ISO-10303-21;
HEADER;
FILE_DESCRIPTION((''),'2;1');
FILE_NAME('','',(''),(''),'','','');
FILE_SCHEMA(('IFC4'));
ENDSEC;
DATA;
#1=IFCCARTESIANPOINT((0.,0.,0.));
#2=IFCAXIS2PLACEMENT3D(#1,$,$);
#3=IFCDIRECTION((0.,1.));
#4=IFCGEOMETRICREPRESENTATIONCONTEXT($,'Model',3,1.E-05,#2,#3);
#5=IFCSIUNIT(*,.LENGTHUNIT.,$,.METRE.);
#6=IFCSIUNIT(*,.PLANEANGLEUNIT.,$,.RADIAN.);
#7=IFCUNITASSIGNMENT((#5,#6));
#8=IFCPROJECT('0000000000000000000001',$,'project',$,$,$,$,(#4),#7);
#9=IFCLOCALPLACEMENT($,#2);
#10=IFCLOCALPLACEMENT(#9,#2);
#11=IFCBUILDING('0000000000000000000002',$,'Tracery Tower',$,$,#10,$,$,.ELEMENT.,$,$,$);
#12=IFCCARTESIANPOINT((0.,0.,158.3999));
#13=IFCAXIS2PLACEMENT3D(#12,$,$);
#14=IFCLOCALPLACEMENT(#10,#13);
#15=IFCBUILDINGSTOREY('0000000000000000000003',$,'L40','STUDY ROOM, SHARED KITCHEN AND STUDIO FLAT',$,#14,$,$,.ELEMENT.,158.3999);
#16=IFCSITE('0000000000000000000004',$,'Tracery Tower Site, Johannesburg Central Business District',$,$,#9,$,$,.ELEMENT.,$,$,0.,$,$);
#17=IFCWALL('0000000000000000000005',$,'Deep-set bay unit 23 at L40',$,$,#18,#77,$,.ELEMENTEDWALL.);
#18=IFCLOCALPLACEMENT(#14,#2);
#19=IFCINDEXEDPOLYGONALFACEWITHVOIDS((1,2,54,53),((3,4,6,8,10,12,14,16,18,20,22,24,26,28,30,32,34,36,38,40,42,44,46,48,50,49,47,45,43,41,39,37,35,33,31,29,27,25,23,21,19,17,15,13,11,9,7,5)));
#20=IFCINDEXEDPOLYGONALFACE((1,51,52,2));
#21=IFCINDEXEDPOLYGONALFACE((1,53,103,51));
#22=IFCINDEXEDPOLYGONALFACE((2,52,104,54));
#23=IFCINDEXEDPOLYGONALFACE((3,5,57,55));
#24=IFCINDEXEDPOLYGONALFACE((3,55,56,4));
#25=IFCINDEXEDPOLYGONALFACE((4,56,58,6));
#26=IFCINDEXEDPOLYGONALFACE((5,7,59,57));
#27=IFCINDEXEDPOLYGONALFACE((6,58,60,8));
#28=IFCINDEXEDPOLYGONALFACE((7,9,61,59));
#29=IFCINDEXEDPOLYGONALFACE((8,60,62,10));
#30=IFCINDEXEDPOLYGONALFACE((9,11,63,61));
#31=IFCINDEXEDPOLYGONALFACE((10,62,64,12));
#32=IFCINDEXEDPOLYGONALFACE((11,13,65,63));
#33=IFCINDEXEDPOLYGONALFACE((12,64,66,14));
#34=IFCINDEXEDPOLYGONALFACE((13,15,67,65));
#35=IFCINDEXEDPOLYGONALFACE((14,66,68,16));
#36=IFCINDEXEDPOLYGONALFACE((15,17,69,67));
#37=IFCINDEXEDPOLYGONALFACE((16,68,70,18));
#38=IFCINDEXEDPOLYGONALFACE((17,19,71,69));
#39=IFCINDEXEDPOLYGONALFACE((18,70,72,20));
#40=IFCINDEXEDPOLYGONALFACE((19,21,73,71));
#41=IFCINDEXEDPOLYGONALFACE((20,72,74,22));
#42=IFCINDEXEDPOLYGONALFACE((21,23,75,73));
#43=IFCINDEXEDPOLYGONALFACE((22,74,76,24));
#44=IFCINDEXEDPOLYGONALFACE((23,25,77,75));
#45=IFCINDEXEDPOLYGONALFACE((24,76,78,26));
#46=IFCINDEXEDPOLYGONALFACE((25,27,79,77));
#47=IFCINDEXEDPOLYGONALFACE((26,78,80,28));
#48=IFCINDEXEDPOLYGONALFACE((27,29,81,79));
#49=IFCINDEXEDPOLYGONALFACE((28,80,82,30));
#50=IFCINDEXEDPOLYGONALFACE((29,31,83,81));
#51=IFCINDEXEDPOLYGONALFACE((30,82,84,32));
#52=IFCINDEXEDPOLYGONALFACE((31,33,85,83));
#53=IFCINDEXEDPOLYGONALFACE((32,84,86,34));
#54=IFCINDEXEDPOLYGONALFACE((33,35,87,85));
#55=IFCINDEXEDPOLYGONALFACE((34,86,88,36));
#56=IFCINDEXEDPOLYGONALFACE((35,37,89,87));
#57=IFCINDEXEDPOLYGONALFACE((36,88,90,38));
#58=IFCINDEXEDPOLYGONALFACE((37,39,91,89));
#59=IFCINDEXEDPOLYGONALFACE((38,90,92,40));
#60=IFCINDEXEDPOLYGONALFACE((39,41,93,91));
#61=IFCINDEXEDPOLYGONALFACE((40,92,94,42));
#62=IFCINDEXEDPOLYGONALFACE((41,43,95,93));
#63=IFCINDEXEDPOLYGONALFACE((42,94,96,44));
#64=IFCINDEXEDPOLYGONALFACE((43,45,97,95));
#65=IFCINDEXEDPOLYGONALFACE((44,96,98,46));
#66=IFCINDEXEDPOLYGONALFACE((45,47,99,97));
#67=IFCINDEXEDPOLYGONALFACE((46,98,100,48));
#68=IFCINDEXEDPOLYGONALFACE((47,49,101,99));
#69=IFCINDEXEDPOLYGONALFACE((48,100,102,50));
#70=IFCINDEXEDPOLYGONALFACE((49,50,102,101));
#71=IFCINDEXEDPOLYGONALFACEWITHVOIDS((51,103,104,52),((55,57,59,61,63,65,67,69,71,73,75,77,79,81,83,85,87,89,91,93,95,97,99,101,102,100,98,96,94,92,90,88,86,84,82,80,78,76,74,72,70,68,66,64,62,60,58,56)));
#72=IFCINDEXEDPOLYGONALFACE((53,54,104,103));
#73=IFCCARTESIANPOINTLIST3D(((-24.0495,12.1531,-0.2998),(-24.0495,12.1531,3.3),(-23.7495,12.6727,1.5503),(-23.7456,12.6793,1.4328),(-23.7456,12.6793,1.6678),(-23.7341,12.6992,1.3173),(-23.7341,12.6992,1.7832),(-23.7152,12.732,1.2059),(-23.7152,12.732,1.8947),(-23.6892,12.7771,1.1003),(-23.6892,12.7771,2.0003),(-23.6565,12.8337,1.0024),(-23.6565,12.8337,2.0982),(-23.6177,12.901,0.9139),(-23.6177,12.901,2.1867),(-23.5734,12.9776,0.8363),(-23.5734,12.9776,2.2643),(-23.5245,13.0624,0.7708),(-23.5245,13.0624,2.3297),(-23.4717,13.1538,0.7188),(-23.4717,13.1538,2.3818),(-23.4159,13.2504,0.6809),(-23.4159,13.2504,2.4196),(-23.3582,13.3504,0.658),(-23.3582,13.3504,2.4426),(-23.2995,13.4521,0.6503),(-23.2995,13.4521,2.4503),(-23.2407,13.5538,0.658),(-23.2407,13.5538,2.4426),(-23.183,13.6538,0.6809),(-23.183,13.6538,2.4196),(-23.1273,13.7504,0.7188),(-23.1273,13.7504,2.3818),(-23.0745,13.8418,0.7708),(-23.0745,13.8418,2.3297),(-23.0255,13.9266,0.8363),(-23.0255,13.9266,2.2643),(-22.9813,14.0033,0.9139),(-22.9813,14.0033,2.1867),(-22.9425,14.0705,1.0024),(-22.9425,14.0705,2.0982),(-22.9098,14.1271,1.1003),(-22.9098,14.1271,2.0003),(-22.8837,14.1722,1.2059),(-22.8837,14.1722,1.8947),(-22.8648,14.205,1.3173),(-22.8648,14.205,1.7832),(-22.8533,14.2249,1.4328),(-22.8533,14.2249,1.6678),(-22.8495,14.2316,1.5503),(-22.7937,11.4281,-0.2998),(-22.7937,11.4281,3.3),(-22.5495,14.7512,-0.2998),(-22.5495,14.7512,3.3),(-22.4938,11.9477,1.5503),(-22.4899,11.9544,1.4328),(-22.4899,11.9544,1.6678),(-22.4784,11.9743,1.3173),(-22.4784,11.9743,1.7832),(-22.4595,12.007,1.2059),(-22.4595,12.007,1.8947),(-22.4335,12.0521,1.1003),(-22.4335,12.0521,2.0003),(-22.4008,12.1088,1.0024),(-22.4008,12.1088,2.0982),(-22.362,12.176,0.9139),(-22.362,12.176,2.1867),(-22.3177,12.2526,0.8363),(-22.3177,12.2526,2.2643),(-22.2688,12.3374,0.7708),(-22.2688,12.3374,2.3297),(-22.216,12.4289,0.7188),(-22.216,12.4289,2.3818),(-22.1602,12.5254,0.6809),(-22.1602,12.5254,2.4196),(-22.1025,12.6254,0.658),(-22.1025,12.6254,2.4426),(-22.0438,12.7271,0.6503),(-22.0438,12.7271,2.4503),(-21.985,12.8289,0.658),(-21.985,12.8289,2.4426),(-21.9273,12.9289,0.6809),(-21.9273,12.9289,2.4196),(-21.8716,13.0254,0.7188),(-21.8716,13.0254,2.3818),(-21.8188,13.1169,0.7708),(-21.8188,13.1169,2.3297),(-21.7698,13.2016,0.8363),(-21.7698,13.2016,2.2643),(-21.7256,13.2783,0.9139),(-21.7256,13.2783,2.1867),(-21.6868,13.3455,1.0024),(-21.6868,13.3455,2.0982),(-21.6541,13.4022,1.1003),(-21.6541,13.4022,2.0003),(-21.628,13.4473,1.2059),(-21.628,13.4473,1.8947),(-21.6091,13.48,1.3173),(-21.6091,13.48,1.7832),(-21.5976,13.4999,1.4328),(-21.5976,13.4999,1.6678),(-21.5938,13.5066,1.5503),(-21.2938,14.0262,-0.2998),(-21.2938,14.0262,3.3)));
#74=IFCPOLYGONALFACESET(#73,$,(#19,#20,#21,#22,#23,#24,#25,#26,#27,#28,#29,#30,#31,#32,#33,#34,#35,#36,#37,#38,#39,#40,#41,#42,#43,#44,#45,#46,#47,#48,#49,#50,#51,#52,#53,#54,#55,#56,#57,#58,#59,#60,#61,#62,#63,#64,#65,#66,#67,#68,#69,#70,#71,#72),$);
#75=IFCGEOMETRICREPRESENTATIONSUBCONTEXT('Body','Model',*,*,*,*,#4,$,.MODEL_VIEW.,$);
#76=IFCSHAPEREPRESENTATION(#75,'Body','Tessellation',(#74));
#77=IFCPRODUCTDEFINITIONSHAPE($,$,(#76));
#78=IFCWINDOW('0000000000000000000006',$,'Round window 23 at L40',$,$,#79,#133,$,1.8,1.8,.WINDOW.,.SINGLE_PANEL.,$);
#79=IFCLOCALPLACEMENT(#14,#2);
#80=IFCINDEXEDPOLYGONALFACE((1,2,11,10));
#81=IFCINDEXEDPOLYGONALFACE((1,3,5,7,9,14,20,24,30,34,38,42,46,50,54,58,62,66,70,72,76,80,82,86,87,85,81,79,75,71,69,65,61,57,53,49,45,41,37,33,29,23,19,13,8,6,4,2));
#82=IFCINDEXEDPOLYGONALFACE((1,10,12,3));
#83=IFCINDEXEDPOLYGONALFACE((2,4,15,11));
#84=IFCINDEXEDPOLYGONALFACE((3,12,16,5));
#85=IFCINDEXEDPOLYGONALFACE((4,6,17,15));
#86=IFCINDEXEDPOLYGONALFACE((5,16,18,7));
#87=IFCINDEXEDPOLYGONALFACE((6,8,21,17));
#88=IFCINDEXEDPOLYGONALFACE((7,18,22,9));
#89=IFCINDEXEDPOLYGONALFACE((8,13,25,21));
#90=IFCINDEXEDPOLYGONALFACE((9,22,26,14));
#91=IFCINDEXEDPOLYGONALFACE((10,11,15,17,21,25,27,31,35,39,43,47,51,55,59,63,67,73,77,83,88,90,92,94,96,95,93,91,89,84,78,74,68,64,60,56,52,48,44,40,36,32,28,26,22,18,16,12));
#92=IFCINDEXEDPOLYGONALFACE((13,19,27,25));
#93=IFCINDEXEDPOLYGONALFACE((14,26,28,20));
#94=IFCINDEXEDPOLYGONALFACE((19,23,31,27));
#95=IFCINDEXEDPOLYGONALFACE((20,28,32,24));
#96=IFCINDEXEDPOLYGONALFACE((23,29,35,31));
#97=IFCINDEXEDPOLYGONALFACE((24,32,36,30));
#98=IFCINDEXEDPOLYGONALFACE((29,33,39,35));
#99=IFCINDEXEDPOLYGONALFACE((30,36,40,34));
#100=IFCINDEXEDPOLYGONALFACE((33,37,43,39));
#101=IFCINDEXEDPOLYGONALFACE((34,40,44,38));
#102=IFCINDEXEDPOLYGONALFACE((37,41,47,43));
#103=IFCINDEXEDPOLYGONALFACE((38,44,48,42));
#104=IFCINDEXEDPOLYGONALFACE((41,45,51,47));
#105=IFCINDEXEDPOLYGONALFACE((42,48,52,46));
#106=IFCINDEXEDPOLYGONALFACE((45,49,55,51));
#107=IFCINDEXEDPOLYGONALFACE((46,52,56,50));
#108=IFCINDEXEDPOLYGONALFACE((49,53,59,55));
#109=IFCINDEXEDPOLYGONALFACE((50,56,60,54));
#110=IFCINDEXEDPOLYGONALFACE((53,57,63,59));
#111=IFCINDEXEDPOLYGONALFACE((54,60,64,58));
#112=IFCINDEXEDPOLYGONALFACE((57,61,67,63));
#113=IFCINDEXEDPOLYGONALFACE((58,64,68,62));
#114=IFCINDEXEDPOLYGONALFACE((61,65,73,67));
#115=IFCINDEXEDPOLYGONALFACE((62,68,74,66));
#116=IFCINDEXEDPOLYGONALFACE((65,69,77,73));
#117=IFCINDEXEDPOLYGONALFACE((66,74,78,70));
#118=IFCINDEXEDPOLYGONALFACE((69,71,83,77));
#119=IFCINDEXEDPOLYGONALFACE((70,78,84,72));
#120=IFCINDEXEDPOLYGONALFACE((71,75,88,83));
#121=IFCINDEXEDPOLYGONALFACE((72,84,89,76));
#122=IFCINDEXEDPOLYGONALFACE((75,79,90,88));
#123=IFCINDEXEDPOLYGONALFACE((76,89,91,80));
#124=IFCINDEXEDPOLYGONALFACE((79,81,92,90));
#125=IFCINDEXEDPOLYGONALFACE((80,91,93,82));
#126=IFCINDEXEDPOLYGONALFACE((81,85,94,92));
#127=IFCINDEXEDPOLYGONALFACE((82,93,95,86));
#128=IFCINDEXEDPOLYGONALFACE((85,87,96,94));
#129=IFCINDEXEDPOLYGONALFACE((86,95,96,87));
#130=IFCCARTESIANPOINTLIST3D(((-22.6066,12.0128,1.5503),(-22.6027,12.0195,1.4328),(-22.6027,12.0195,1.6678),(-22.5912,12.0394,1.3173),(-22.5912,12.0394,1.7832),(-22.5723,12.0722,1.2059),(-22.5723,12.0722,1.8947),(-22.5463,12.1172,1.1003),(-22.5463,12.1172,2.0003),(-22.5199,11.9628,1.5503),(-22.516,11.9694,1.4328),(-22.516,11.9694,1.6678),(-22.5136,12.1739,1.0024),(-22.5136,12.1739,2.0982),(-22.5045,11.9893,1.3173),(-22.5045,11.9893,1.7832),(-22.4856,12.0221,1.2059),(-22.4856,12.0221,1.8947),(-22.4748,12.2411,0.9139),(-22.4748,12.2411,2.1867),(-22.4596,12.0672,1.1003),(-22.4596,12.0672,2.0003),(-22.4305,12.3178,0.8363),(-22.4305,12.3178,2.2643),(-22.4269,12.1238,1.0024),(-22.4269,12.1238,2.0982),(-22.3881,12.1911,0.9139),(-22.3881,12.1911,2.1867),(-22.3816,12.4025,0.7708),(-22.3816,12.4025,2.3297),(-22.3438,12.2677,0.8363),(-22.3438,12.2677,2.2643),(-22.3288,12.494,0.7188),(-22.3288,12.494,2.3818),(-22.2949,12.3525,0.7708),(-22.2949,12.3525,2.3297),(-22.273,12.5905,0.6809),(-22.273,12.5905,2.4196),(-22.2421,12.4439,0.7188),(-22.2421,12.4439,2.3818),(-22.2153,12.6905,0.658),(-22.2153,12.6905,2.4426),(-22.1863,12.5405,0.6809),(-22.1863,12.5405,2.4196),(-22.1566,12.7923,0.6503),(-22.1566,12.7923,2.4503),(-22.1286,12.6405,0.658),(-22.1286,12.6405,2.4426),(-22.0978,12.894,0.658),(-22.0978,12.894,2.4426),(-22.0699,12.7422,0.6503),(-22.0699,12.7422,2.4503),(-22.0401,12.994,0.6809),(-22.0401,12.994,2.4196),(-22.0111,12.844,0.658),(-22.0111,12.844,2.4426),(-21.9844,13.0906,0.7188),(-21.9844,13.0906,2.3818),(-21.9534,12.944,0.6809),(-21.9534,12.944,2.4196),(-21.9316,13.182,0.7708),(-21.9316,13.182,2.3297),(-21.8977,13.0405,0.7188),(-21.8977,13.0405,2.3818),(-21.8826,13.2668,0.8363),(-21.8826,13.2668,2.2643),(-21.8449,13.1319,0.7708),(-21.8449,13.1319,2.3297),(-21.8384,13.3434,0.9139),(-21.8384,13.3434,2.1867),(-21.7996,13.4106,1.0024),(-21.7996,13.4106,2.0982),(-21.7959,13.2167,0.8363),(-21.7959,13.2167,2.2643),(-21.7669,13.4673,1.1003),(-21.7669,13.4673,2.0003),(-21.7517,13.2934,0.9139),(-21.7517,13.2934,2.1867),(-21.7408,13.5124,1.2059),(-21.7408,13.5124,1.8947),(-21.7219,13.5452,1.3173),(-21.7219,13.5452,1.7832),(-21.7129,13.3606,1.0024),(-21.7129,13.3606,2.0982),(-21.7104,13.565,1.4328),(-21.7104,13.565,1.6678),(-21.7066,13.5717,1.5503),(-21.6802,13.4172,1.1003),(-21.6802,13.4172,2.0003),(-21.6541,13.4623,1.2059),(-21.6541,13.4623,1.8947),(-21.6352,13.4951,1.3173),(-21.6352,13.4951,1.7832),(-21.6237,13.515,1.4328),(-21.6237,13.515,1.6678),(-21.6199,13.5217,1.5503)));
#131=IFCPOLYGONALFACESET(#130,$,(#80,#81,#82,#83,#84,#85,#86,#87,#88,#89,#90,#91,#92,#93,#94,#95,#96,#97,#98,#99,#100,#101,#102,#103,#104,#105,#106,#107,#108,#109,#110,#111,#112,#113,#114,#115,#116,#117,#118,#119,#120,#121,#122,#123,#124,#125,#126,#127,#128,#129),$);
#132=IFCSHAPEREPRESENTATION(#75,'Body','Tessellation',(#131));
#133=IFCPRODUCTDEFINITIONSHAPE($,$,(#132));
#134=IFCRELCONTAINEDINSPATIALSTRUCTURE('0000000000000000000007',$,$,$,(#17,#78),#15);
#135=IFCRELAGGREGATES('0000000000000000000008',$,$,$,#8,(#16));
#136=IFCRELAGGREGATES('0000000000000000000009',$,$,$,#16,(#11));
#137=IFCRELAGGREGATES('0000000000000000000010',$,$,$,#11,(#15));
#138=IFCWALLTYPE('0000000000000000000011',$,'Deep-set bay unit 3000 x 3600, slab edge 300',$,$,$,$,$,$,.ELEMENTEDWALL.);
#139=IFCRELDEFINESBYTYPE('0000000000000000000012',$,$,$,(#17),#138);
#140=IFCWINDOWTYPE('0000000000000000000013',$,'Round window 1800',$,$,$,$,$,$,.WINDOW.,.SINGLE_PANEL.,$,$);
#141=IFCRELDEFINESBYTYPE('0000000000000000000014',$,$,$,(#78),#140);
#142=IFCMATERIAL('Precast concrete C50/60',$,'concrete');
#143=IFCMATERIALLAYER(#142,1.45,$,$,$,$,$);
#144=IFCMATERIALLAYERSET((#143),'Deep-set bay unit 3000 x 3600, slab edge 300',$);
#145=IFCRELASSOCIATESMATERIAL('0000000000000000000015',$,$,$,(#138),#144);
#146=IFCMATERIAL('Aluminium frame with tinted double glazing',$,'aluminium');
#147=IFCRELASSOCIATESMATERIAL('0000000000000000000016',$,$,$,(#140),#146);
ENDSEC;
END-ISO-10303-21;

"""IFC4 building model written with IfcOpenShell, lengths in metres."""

from ifc_helpers import new_model, si_unit, direction, frame, frame_2d, origin, origin_2d, place, context, subcontext, project, spatial, rectangle, circle, extrude, material, layer, layer_set, type_object, element, fill, save


model = new_model("IFC4")

# Units and contexts
model_context = context("Model", 3, precision=1e-05, world=origin(), true_north=direction((0.0, 1.0)))
body_context = subcontext(model_context, "Body", "Model", "MODEL_VIEW")
ifc_project = project(units=[si_unit("LENGTHUNIT", "METRE"), si_unit("PLANEANGLEUNIT", "RADIAN")], contexts=[model_context])

# Site, building, storey
site_placement = place(None, origin())
site = spatial("IfcSite", under=ifc_project, at=site_placement, Name="Tracery Tower Site, Johannesburg Central Business District", CompositionType="ELEMENT", RefElevation=0.0)
building_placement = place(site_placement, origin())
building = spatial("IfcBuilding", under=site, at=building_placement, Name="Tracery Tower", CompositionType="ELEMENT")
storey_placement = place(building_placement, frame((0.0, 0.0, 158.3999)))
storey = spatial("IfcBuildingStorey", under=building, at=storey_placement, Name="L40", Description="STUDY ROOM, SHARED KITCHEN AND STUDIO FLAT", CompositionType="ELEMENT", Elevation=158.3999)

# Wall, opening, window
ifc_material_1 = material(Name="Precast concrete C50/60", Category="concrete")
ifc_layer_1 = layer(ifc_material_1, 1.45)
ifc_layer_set_1 = layer_set([ifc_layer_1], Name="Deep-set bay unit 3000 x 3600, slab edge 300")
wall_type_1 = type_object("IfcWallType", Name="Deep-set bay unit 3000 x 3600, slab edge 300", PredefinedType="ELEMENTEDWALL", material=ifc_layer_set_1)
ifc_material_2 = material(Name="Aluminium frame with tinted double glazing", Category="aluminium")
window_type = type_object("IfcWindowType", Name="Round window 1800", PartitioningType="SINGLE_PANEL", PredefinedType="WINDOW", material=ifc_material_2)
wall_1_placement = place(storey_placement, frame((-21.9216, 14.3887, -0.2998), z_axis=(0.0, 0.0, 1.0), x_axis=(-0.49999, -0.866031, 0.0)))
wall_1 = element("IfcWall", 1, at=wall_1_placement, inside=storey, type_object=wall_type_1, Name="Deep-set bay unit 23 at L40", PredefinedType="ELEMENTEDWALL", context=body_context, shape_type="SweptSolid", body=[
    extrude(rectangle(XDim=3.0, YDim=1.45, at=frame_2d((1.5, 0.0))), origin(), (0.0, 0.0, 1.0), 3.5999),
])
opening_1_placement = place(wall_1_placement, frame((1.5, 0.0, 1.8501)))
opening_1 = element("IfcOpeningElement", 2, at=opening_1_placement, cuts=wall_1, PredefinedType="OPENING", context=body_context, shape_type="SweptSolid", body=[
    extrude(circle(Radius=0.9, at=origin_2d()), frame((0.0, 0.7349, 0.0), z_axis=(0.0, -1.0, 0.0), x_axis=(1.0, 0.0, 0.0)), (0.0, 0.0, 1.0), 1.47),
])
window_1_placement = place(opening_1_placement, origin())
window_1 = element("IfcWindow", 3, at=window_1_placement, inside=storey, type_object=window_type, Name="Round window 23 at L40", OverallHeight=1.8, OverallWidth=1.8, PartitioningType="SINGLE_PANEL", PredefinedType="WINDOW", context=body_context, shape_type="SweptSolid", body=[
    extrude(circle(Radius=0.9, at=origin_2d()), frame((0.0, 0.6948, 0.0), z_axis=(0.0, -1.0, 0.0), x_axis=(1.0, 0.0, 0.0)), (0.0, 0.0, 1.0), 0.1001),
])
fill(opening_1, window_1)

save(model, "model.ifc")
